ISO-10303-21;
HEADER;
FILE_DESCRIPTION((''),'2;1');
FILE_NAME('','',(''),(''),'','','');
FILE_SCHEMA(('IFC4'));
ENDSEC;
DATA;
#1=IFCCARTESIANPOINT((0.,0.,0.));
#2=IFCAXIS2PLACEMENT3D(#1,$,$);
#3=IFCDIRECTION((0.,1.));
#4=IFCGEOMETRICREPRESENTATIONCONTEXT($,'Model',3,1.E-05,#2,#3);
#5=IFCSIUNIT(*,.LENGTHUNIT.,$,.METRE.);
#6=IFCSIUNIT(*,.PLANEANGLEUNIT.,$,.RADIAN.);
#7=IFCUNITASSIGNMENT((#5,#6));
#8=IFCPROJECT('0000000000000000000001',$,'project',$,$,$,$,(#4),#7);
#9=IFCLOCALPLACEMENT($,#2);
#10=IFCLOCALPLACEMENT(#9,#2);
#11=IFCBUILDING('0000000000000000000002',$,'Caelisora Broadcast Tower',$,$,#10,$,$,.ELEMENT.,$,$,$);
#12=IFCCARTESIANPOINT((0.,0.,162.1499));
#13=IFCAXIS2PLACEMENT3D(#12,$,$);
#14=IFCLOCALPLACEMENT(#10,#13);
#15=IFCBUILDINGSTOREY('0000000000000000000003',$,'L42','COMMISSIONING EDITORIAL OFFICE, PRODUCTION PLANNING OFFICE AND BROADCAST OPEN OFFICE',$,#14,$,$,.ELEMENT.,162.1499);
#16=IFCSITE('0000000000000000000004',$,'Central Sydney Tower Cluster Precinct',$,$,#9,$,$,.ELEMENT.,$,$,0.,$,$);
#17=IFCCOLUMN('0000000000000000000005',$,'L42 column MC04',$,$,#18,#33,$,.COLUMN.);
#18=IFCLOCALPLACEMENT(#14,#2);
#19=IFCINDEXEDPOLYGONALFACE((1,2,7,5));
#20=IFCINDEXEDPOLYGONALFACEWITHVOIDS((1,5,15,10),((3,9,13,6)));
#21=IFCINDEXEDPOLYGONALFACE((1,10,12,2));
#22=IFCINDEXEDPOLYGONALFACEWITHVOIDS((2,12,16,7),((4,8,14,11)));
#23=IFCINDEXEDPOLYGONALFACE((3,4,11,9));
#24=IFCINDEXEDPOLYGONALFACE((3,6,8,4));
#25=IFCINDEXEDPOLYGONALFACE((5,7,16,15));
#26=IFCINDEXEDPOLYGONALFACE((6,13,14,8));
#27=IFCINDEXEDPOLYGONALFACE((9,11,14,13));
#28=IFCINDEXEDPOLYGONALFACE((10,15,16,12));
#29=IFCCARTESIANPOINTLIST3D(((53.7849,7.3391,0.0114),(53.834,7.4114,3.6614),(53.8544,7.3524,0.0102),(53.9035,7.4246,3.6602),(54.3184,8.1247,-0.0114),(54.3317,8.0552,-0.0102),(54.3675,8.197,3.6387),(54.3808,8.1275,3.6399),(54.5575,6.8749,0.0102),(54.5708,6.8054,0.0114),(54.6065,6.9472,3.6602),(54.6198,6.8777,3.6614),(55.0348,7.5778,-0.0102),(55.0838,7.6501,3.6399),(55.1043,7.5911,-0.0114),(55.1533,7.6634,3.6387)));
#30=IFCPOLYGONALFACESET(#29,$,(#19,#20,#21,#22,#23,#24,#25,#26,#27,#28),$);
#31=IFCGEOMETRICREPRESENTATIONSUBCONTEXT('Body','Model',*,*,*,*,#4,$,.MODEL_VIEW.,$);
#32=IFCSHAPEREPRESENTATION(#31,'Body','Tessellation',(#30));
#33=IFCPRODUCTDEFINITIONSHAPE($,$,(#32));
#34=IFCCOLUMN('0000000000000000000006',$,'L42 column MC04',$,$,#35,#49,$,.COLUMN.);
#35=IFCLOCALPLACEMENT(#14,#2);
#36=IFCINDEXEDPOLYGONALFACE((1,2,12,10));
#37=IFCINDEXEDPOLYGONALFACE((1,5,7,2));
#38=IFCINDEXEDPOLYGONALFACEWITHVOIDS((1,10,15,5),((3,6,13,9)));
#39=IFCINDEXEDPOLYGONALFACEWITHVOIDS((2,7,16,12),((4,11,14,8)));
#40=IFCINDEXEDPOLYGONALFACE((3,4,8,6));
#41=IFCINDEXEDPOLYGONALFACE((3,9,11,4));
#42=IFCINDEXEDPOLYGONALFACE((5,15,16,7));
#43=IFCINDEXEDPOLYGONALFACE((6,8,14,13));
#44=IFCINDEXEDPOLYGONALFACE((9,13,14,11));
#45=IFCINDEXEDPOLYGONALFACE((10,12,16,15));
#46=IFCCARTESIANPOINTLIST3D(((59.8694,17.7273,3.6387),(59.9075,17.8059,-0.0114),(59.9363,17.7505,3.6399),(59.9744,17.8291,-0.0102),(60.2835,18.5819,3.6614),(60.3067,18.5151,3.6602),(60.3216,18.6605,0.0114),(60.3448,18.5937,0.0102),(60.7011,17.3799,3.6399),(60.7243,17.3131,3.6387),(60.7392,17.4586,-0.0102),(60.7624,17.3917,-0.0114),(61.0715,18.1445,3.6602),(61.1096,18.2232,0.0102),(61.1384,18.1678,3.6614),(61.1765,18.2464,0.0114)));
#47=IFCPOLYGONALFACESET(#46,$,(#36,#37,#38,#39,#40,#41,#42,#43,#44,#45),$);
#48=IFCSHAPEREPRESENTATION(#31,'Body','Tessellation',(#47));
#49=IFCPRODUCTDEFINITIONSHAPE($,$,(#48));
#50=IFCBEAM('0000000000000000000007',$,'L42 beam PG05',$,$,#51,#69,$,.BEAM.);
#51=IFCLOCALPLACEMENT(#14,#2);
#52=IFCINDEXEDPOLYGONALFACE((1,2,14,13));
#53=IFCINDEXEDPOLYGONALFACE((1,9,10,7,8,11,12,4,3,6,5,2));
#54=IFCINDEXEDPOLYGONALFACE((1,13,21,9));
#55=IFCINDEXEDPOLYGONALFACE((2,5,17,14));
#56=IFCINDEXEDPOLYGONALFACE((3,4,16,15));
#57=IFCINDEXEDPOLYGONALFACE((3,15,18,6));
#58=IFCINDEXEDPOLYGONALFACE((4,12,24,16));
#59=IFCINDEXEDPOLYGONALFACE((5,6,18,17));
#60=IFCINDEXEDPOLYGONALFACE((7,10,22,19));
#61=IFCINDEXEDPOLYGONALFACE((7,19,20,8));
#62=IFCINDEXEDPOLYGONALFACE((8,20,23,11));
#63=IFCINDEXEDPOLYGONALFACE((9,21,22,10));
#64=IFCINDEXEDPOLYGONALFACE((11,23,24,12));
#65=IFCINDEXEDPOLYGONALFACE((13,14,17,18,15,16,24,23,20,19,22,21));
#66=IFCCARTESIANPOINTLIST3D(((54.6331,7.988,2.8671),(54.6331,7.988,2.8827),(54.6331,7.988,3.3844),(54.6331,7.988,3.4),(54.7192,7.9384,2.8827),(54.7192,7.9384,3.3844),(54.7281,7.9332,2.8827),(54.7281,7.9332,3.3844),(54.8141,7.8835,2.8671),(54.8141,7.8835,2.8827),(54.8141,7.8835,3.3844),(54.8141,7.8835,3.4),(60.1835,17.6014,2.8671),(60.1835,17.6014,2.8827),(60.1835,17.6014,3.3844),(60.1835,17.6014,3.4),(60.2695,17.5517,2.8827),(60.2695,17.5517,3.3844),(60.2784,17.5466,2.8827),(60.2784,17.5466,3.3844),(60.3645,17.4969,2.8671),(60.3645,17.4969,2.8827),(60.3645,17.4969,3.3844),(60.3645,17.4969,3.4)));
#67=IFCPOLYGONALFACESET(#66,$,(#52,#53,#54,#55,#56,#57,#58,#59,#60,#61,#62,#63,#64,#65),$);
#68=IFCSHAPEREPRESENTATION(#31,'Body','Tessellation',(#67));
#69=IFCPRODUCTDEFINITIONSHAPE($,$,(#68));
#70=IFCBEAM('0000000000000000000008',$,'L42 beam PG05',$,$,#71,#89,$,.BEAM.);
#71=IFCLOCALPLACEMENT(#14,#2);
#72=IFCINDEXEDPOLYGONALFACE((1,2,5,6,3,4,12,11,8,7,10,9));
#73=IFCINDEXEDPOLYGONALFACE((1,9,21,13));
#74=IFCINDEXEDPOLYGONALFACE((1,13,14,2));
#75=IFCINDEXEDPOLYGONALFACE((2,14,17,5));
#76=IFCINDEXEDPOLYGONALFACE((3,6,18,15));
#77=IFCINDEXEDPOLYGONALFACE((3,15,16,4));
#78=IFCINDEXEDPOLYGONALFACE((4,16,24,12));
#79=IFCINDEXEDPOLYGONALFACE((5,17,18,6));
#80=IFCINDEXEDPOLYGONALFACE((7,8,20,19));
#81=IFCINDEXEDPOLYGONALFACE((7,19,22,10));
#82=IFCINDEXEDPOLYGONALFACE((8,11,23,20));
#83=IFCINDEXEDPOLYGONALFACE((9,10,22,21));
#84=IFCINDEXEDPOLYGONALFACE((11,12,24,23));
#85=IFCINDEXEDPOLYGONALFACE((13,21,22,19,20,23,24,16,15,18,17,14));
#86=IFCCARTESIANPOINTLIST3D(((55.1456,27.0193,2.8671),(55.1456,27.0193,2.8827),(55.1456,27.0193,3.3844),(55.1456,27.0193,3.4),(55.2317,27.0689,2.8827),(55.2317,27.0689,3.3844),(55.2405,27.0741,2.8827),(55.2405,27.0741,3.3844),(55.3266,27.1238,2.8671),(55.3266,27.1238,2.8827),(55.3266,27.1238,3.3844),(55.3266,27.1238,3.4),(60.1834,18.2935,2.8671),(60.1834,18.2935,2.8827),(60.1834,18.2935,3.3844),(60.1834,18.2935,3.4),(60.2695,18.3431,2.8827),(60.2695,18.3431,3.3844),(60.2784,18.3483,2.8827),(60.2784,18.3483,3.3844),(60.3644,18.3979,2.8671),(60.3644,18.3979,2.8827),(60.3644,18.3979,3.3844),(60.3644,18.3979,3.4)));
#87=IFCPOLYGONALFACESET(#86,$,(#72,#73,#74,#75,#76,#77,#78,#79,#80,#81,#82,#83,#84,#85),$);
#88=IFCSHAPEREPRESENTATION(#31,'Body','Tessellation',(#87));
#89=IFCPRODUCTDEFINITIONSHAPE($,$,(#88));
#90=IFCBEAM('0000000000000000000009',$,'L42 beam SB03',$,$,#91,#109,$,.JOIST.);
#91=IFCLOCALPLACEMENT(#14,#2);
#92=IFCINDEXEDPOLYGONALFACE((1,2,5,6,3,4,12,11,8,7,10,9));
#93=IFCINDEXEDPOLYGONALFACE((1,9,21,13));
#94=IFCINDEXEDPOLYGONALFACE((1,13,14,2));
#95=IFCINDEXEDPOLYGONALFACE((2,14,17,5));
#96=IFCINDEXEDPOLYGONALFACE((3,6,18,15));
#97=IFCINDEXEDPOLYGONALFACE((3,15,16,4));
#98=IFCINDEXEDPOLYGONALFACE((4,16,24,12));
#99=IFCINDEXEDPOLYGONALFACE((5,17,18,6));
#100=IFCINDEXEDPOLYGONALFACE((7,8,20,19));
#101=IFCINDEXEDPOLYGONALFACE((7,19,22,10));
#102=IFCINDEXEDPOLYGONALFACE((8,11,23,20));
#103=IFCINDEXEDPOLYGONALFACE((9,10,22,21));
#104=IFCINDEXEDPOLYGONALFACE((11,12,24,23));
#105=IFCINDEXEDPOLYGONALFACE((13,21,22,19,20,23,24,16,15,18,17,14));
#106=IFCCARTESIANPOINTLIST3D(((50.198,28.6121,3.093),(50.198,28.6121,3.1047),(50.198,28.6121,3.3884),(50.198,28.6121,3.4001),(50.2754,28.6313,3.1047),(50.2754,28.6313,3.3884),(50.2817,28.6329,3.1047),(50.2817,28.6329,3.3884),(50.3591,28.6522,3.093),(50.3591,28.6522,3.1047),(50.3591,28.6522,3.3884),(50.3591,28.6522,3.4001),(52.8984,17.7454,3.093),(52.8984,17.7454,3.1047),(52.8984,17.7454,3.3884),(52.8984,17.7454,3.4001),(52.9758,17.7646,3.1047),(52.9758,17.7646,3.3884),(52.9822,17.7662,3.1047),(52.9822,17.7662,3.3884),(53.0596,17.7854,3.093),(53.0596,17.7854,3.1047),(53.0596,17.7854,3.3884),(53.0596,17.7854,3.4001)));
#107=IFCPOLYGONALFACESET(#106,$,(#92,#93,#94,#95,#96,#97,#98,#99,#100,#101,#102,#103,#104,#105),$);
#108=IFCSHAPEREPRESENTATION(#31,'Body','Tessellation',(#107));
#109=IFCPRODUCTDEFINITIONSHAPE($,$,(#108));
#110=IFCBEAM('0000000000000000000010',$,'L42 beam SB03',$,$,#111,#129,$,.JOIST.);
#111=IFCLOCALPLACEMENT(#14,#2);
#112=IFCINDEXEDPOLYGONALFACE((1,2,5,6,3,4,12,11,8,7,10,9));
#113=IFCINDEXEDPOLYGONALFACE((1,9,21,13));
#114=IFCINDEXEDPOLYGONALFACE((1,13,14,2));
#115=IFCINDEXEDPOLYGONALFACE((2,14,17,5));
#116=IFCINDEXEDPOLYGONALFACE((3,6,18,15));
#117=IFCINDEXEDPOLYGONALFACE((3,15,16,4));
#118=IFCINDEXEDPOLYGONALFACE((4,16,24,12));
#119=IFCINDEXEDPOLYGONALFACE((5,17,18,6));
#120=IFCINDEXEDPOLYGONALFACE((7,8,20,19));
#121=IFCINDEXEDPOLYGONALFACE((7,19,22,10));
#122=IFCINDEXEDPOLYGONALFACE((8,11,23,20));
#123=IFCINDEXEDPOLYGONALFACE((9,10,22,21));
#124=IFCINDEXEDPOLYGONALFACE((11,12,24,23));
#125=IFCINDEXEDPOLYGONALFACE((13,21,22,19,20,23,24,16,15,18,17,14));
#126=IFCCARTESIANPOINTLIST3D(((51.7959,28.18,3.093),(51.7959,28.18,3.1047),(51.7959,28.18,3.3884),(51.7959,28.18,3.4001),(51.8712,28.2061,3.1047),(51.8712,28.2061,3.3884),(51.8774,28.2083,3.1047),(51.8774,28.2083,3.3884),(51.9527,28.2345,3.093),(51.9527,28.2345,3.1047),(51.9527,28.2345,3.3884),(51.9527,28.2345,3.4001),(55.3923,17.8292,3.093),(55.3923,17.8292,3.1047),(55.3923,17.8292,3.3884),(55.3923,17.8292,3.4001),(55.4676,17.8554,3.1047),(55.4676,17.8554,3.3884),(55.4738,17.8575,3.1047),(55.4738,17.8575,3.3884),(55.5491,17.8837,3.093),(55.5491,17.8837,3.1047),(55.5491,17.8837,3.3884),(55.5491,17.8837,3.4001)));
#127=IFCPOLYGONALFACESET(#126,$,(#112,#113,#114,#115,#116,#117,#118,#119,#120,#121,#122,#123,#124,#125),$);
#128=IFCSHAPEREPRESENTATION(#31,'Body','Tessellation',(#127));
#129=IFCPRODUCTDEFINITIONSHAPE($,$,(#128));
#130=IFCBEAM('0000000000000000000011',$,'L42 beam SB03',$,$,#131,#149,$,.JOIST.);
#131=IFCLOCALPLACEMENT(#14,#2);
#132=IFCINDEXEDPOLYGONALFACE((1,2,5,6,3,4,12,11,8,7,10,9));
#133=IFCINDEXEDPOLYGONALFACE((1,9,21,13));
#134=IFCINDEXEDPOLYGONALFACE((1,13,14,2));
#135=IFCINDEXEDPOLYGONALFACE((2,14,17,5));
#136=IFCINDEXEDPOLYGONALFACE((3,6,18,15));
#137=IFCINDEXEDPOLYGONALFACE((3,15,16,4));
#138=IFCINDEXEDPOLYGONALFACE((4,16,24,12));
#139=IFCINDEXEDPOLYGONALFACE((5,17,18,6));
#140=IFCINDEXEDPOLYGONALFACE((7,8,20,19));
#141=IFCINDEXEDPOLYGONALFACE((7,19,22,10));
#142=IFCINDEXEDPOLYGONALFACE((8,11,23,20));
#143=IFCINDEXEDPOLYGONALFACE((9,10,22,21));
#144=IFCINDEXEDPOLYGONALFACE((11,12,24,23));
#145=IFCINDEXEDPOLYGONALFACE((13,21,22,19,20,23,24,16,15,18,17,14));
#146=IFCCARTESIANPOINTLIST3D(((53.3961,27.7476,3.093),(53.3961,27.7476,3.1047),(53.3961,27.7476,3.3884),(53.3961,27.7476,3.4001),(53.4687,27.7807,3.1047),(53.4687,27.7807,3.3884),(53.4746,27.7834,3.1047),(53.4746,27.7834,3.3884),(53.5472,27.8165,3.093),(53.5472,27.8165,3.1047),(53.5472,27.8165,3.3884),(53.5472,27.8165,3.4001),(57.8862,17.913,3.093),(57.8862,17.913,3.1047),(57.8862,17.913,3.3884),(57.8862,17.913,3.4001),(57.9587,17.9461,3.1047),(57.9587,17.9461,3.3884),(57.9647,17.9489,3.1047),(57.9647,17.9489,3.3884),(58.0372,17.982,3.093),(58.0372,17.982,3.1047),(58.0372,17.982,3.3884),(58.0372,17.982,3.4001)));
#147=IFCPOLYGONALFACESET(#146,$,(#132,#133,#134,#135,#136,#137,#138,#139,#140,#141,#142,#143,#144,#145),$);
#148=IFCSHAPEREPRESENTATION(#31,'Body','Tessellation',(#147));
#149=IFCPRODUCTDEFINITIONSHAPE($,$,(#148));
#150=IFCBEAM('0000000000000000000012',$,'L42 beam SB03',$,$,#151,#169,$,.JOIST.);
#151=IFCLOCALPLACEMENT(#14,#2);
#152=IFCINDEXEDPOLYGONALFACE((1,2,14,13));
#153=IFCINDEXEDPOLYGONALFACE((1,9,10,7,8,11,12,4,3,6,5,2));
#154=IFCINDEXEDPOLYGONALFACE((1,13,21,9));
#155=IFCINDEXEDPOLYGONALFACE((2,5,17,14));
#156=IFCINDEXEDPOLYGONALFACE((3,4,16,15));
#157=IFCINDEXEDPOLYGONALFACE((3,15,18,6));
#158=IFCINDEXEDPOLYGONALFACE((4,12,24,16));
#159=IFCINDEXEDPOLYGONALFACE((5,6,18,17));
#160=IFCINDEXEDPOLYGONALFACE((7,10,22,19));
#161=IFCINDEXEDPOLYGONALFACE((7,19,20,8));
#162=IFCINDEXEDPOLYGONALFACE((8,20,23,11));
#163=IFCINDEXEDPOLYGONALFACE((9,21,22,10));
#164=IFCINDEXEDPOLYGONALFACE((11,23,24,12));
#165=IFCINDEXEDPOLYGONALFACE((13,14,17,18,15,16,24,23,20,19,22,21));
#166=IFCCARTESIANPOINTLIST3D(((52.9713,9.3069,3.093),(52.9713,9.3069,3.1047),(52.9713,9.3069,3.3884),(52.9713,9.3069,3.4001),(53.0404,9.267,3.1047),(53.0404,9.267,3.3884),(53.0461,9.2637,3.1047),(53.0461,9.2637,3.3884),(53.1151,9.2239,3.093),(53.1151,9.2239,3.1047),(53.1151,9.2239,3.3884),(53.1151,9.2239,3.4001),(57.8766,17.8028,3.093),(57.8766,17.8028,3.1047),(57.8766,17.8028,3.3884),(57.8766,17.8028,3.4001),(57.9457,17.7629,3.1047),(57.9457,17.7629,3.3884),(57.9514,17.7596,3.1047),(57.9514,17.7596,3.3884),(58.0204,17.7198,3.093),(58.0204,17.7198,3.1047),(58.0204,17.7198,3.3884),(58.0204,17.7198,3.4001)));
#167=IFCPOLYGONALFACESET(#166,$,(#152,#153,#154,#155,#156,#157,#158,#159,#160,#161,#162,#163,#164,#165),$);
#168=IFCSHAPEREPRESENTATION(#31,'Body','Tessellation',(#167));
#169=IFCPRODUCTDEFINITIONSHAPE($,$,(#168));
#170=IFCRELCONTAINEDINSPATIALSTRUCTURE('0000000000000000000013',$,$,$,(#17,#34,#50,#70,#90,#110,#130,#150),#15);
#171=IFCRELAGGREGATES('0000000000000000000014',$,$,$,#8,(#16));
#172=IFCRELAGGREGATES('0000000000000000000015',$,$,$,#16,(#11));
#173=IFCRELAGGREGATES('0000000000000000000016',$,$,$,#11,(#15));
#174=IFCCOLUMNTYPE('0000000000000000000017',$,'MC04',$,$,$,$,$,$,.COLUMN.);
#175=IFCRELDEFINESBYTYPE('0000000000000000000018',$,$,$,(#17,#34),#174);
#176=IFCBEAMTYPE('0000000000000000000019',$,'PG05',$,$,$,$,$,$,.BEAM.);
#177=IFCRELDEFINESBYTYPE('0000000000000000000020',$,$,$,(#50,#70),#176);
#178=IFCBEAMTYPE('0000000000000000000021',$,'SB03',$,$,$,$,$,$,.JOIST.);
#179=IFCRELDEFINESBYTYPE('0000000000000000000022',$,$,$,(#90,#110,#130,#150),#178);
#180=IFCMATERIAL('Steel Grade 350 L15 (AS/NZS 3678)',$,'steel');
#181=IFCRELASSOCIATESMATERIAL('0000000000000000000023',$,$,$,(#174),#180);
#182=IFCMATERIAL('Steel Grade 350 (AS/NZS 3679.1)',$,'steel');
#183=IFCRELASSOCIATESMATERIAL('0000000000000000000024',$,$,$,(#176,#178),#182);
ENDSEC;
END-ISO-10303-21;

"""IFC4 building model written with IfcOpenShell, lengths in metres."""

from ifc_helpers import new_model, si_unit, direction, frame, origin, origin_2d, place, context, subcontext, project, spatial, hollow_rectangle, i_section, extrude, source, transform, mapped, material, material_profile, profile_set, type_object, type_shapes, element, save


model = new_model("IFC4")

# Units and contexts
model_context = context("Model", 3, precision=1e-05, world=origin(), true_north=direction((0.0, 1.0)))
body_context = subcontext(model_context, "Body", "Model", "MODEL_VIEW")
ifc_project = project(units=[si_unit("LENGTHUNIT", "METRE"), si_unit("PLANEANGLEUNIT", "RADIAN")], contexts=[model_context])

# Site, building, storey
site_placement = place(None, origin())
site = spatial("IfcSite", under=ifc_project, at=site_placement, Name="Central Sydney Tower Cluster Precinct", CompositionType="ELEMENT", RefElevation=0.0)
building_placement = place(site_placement, origin())
building = spatial("IfcBuilding", under=site, at=building_placement, Name="Caelisora Broadcast Tower", CompositionType="ELEMENT")
storey_placement = place(building_placement, frame((0.0, 0.0, 162.1499)))
storey = spatial("IfcBuildingStorey", under=building, at=storey_placement, Name="L42", Description="COMMISSIONING EDITORIAL OFFICE, PRODUCTION PLANNING OFFICE AND BROADCAST OPEN OFFICE", CompositionType="ELEMENT", Elevation=162.1499)

# Columns
ifc_material_1 = material(Name="Steel Grade 350 L15 (AS/NZS 3678)", Category="steel")
ifc_material_profile_1 = material_profile(ifc_material_1, hollow_rectangle(XDim=0.95, YDim=0.95, WallThickness=0.05, at=origin_2d()), Name="Steel Grade 350 L15 (AS/NZS 3678)")
ifc_profile_set_1 = profile_set([ifc_material_profile_1], Name="Steel Grade 350 L15 (AS/NZS 3678)")
column_type = type_object("IfcColumnType", Name="MC04", PredefinedType="COLUMN", material=ifc_profile_set_1)
shared_shape_1 = source(origin(), body_context, "Body", "SweptSolid", [
    extrude(hollow_rectangle(XDim=0.95, YDim=0.95, WallThickness=0.05, at=origin_2d()), origin(), (0.0, 0.0, 1.0), 3.6511),
])
type_shapes(column_type, [shared_shape_1])
for number, where, z_axis, x_axis, name in (
    (1, (54.4446, 7.4651, 0.0), (0.01344, 0.019792, 0.999714), (-0.82729, 0.561775, 0.0), "L42 column MC04"),
    (2, (60.542, 18.0261, 0.0), (-0.010431, -0.021531, 0.999714), (0.899947, -0.435999, 0.0), "L42 column MC04"),
):
    element("IfcColumn", number, at=place(storey_placement, frame(where, z_axis=z_axis, x_axis=x_axis)), inside=storey, type_object=column_type, Name=name, PredefinedType="COLUMN", context=body_context, shape_type="MappedRepresentation", body=[
        mapped(shared_shape_1, transform((0.0, 0.0, 0.0), scale=1.0)),
    ])

# Beams
ifc_material_2 = material(Name="Steel Grade 350 (AS/NZS 3679.1)", Category="steel")
ifc_material_profile_2 = material_profile(ifc_material_2, i_section(OverallWidth=0.209, OverallDepth=0.533, WebThickness=0.0103, FlangeThickness=0.0156, at=origin_2d()), Name="Steel Grade 350 (AS/NZS 3679.1)")
ifc_profile_set_2 = profile_set([ifc_material_profile_2], Name="Steel Grade 350 (AS/NZS 3679.1)")
beam_type_1 = type_object("IfcBeamType", Name="PG05", PredefinedType="BEAM", material=ifc_profile_set_2)
shared_shape_2 = source(origin(), body_context, "Body", "SweptSolid", [
    extrude(i_section(OverallWidth=0.209, OverallDepth=0.533, WebThickness=0.0103, FlangeThickness=0.0156, at=origin_2d()), origin(), (0.0, 0.0, 1.0), 11.1006),
])
beam_1_placement = place(storey_placement, frame((54.7236, 7.9358, 3.1335), z_axis=(0.500004, 0.866023, 0.0), x_axis=(-0.866023, 0.500004, 0.0)))
element("IfcBeam", 3, at=beam_1_placement, inside=storey, type_object=beam_type_1, Name="L42 beam PG05", PredefinedType="BEAM", context=body_context, shape_type="MappedRepresentation", body=[
    mapped(shared_shape_2, transform((0.0, 0.0, 0.0), scale=1.0)),
])
shared_shape_3 = source(origin(), body_context, "Body", "SweptSolid", [
    extrude(i_section(OverallWidth=0.209, OverallDepth=0.533, WebThickness=0.0103, FlangeThickness=0.0156, at=origin_2d()), origin(), (0.0, 0.0, 1.0), 10.0757),
])
type_shapes(beam_type_1, [shared_shape_2, shared_shape_3])
beam_2_placement = place(storey_placement, frame((60.2739, 18.3457, 3.1335), z_axis=(-0.499999, 0.866026, 0.0), x_axis=(-0.866026, -0.499999, 0.0)))
element("IfcBeam", 4, at=beam_2_placement, inside=storey, type_object=beam_type_1, Name="L42 beam PG05", PredefinedType="BEAM", context=body_context, shape_type="MappedRepresentation", body=[
    mapped(shared_shape_3, transform((0.0, 0.0, 0.0), scale=1.0)),
])
ifc_material_profile_3 = material_profile(ifc_material_2, i_section(OverallWidth=0.166, OverallDepth=0.3071, WebThickness=0.0066, FlangeThickness=0.0117, at=origin_2d()), Name="Steel Grade 350 (AS/NZS 3679.1)")
ifc_profile_set_3 = profile_set([ifc_material_profile_3], Name="Steel Grade 350 (AS/NZS 3679.1)")
beam_type_2 = type_object("IfcBeamType", Name="SB03", PredefinedType="JOIST", material=ifc_profile_set_3)
shared_shape_4 = source(origin(), body_context, "Body", "SweptSolid", [
    extrude(i_section(OverallWidth=0.166, OverallDepth=0.3071, WebThickness=0.0066, FlangeThickness=0.0117, at=origin_2d()), origin(), (0.0, 0.0, 1.0), 11.1973),
])
beam_3_placement = place(storey_placement, frame((52.979, 17.7654, 3.2466), z_axis=(-0.241171, 0.970483, 0.0), x_axis=(-0.970483, -0.241171, 0.0)))
element("IfcBeam", 5, at=beam_3_placement, inside=storey, type_object=beam_type_2, Name="L42 beam SB03", PredefinedType="JOIST", context=body_context, shape_type="MappedRepresentation", body=[
    mapped(shared_shape_4, transform((0.0, 0.0, 0.0), scale=1.0)),
])
shared_shape_5 = source(origin(), body_context, "Body", "SweptSolid", [
    extrude(i_section(OverallWidth=0.166, OverallDepth=0.3071, WebThickness=0.0066, FlangeThickness=0.0117, at=origin_2d()), origin(), (0.0, 0.0, 1.0), 10.9578),
])
beam_4_placement = place(storey_placement, frame((55.4707, 17.8564, 3.2466), z_axis=(-0.328207, 0.944606, 0.0), x_axis=(-0.944606, -0.328207, 0.0)))
element("IfcBeam", 6, at=beam_4_placement, inside=storey, type_object=beam_type_2, Name="L42 beam SB03", PredefinedType="JOIST", context=body_context, shape_type="MappedRepresentation", body=[
    mapped(shared_shape_5, transform((0.0, 0.0, 0.0), scale=1.0)),
])
shared_shape_6 = source(origin(), body_context, "Body", "SweptSolid", [
    extrude(i_section(OverallWidth=0.166, OverallDepth=0.3071, WebThickness=0.0066, FlangeThickness=0.0117, at=origin_2d()), origin(), (0.0, 0.0, 1.0), 10.811),
])
beam_5_placement = place(storey_placement, frame((57.9617, 17.9475, 3.2466), z_axis=(-0.415318, 0.909676, 0.0), x_axis=(-0.909676, -0.415318, 0.0)))
element("IfcBeam", 7, at=beam_5_placement, inside=storey, type_object=beam_type_2, Name="L42 beam SB03", PredefinedType="JOIST", context=body_context, shape_type="MappedRepresentation", body=[
    mapped(shared_shape_6, transform((0.0, 0.0, 0.0), scale=1.0)),
])
shared_shape_7 = source(origin(), body_context, "Body", "SweptSolid", [
    extrude(i_section(OverallWidth=0.166, OverallDepth=0.3071, WebThickness=0.0066, FlangeThickness=0.0117, at=origin_2d()), origin(), (0.0, 0.0, 1.0), 9.8103),
])
type_shapes(beam_type_2, [shared_shape_4, shared_shape_5, shared_shape_6, shared_shape_7])
beam_6_placement = place(storey_placement, frame((53.0432, 9.2654, 3.2466), z_axis=(0.500015, 0.866017, 0.0), x_axis=(-0.866017, 0.500015, 0.0)))
element("IfcBeam", 8, at=beam_6_placement, inside=storey, type_object=beam_type_2, Name="L42 beam SB03", PredefinedType="JOIST", context=body_context, shape_type="MappedRepresentation", body=[
    mapped(shared_shape_7, transform((0.0, 0.0, 0.0), scale=1.0)),
])

save(model, "model.ifc")
